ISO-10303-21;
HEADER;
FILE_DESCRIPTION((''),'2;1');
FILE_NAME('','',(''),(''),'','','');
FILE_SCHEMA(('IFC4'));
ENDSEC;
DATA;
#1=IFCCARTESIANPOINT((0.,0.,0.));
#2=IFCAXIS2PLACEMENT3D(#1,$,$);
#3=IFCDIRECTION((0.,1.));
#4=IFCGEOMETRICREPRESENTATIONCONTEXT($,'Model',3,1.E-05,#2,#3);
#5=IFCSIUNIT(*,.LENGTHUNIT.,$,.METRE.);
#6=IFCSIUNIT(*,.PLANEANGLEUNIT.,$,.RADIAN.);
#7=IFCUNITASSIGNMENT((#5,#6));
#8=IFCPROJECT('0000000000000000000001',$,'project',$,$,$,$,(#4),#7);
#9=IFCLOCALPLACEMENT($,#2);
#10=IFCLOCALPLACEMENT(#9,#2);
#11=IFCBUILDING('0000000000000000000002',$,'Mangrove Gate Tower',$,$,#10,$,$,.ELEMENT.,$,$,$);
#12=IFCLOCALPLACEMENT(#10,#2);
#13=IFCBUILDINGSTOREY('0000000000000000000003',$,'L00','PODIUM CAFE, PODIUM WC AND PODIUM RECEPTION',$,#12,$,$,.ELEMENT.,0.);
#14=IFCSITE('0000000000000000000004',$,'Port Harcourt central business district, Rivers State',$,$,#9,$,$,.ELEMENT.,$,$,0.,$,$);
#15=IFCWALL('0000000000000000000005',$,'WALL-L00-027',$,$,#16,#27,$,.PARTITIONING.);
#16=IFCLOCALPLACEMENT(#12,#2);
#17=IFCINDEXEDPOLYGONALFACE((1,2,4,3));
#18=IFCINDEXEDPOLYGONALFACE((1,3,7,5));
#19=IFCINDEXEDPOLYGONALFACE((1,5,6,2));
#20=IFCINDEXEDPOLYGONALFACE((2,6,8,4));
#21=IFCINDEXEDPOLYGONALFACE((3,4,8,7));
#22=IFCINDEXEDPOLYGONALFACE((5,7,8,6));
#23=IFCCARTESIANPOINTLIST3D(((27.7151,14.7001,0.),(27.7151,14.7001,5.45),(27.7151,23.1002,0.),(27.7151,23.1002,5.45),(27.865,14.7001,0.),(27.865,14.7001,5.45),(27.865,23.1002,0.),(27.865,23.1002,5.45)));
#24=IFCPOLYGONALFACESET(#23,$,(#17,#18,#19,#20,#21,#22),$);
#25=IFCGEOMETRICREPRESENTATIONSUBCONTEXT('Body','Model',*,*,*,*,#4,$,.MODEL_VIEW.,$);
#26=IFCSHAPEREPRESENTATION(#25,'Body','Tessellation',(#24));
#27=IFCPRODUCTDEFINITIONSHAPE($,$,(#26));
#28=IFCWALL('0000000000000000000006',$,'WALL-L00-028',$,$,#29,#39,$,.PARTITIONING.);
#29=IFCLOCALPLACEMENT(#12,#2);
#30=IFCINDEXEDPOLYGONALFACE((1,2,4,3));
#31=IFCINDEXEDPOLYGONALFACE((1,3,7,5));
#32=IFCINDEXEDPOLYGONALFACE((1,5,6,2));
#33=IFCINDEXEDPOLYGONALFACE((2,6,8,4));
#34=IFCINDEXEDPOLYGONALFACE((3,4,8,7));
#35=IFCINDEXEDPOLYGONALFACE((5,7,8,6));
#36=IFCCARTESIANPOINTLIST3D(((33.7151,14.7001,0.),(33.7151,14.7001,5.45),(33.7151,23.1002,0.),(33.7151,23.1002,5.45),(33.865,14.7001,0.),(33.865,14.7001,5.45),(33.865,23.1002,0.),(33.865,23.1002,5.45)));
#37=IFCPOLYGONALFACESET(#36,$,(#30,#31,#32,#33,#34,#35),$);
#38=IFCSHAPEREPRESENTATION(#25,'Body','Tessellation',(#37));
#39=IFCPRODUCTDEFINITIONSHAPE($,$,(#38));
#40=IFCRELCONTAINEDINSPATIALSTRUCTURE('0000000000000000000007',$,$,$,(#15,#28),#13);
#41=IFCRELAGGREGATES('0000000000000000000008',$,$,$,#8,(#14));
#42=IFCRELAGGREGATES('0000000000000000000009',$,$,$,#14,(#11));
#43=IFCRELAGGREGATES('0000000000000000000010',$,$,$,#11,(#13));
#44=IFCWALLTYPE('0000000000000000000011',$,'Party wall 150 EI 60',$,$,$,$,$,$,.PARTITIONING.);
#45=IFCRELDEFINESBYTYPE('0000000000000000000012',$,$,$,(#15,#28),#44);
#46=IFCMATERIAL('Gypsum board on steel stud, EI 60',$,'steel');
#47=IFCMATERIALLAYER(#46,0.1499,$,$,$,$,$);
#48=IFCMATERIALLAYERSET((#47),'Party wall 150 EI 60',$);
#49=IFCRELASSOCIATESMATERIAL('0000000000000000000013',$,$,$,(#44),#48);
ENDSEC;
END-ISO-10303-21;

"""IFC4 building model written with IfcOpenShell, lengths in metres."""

from ifc_helpers import new_model, si_unit, direction, frame, frame_2d, origin, place, context, subcontext, project, spatial, rectangle, extrude, material, layer, layer_set, type_object, element, save


model = new_model("IFC4")

# Units and contexts
model_context = context("Model", 3, precision=1e-05, world=origin(), true_north=direction((0.0, 1.0)))
body_context = subcontext(model_context, "Body", "Model", "MODEL_VIEW")
ifc_project = project(units=[si_unit("LENGTHUNIT", "METRE"), si_unit("PLANEANGLEUNIT", "RADIAN")], contexts=[model_context])

# Site, building, storey
site_placement = place(None, origin())
site = spatial("IfcSite", under=ifc_project, at=site_placement, Name="Port Harcourt central business district, Rivers State", CompositionType="ELEMENT", RefElevation=0.0)
building_placement = place(site_placement, origin())
building = spatial("IfcBuilding", under=site, at=building_placement, Name="Mangrove Gate Tower", CompositionType="ELEMENT")
storey_placement = place(building_placement, origin())
storey = spatial("IfcBuildingStorey", under=building, at=storey_placement, Name="L00", Description="PODIUM CAFE, PODIUM WC AND PODIUM RECEPTION", CompositionType="ELEMENT", Elevation=0.0)

# Walls
ifc_material_1 = material(Name="Gypsum board on steel stud, EI 60", Category="steel")
ifc_layer_1 = layer(ifc_material_1, 0.1499)
ifc_layer_set_1 = layer_set([ifc_layer_1], Name="Party wall 150 EI 60")
wall_type_1 = type_object("IfcWallType", Name="Party wall 150 EI 60", PredefinedType="PARTITIONING", material=ifc_layer_set_1)
for number, where, z_axis, x_axis, name in (
    (1, (27.79, 14.7, 0.0), (0.0, 0.0, 1.0), (0.0, 1.0, 0.0), "WALL-L00-027"),
    (2, (33.79, 14.7, 0.0), (0.0, 0.0, 1.0), (0.0, 1.0, 0.0), "WALL-L00-028"),
):
    element("IfcWall", number, at=place(storey_placement, frame(where, z_axis=z_axis, x_axis=x_axis)), inside=storey, type_object=wall_type_1, Name=name, PredefinedType="PARTITIONING", context=body_context, shape_type="SweptSolid", body=[
        extrude(rectangle(XDim=8.4001, YDim=0.1499, at=frame_2d((4.2002, 0.0))), origin(), (0.0, 0.0, 1.0), 5.45),
    ])

save(model, "model.ifc")
